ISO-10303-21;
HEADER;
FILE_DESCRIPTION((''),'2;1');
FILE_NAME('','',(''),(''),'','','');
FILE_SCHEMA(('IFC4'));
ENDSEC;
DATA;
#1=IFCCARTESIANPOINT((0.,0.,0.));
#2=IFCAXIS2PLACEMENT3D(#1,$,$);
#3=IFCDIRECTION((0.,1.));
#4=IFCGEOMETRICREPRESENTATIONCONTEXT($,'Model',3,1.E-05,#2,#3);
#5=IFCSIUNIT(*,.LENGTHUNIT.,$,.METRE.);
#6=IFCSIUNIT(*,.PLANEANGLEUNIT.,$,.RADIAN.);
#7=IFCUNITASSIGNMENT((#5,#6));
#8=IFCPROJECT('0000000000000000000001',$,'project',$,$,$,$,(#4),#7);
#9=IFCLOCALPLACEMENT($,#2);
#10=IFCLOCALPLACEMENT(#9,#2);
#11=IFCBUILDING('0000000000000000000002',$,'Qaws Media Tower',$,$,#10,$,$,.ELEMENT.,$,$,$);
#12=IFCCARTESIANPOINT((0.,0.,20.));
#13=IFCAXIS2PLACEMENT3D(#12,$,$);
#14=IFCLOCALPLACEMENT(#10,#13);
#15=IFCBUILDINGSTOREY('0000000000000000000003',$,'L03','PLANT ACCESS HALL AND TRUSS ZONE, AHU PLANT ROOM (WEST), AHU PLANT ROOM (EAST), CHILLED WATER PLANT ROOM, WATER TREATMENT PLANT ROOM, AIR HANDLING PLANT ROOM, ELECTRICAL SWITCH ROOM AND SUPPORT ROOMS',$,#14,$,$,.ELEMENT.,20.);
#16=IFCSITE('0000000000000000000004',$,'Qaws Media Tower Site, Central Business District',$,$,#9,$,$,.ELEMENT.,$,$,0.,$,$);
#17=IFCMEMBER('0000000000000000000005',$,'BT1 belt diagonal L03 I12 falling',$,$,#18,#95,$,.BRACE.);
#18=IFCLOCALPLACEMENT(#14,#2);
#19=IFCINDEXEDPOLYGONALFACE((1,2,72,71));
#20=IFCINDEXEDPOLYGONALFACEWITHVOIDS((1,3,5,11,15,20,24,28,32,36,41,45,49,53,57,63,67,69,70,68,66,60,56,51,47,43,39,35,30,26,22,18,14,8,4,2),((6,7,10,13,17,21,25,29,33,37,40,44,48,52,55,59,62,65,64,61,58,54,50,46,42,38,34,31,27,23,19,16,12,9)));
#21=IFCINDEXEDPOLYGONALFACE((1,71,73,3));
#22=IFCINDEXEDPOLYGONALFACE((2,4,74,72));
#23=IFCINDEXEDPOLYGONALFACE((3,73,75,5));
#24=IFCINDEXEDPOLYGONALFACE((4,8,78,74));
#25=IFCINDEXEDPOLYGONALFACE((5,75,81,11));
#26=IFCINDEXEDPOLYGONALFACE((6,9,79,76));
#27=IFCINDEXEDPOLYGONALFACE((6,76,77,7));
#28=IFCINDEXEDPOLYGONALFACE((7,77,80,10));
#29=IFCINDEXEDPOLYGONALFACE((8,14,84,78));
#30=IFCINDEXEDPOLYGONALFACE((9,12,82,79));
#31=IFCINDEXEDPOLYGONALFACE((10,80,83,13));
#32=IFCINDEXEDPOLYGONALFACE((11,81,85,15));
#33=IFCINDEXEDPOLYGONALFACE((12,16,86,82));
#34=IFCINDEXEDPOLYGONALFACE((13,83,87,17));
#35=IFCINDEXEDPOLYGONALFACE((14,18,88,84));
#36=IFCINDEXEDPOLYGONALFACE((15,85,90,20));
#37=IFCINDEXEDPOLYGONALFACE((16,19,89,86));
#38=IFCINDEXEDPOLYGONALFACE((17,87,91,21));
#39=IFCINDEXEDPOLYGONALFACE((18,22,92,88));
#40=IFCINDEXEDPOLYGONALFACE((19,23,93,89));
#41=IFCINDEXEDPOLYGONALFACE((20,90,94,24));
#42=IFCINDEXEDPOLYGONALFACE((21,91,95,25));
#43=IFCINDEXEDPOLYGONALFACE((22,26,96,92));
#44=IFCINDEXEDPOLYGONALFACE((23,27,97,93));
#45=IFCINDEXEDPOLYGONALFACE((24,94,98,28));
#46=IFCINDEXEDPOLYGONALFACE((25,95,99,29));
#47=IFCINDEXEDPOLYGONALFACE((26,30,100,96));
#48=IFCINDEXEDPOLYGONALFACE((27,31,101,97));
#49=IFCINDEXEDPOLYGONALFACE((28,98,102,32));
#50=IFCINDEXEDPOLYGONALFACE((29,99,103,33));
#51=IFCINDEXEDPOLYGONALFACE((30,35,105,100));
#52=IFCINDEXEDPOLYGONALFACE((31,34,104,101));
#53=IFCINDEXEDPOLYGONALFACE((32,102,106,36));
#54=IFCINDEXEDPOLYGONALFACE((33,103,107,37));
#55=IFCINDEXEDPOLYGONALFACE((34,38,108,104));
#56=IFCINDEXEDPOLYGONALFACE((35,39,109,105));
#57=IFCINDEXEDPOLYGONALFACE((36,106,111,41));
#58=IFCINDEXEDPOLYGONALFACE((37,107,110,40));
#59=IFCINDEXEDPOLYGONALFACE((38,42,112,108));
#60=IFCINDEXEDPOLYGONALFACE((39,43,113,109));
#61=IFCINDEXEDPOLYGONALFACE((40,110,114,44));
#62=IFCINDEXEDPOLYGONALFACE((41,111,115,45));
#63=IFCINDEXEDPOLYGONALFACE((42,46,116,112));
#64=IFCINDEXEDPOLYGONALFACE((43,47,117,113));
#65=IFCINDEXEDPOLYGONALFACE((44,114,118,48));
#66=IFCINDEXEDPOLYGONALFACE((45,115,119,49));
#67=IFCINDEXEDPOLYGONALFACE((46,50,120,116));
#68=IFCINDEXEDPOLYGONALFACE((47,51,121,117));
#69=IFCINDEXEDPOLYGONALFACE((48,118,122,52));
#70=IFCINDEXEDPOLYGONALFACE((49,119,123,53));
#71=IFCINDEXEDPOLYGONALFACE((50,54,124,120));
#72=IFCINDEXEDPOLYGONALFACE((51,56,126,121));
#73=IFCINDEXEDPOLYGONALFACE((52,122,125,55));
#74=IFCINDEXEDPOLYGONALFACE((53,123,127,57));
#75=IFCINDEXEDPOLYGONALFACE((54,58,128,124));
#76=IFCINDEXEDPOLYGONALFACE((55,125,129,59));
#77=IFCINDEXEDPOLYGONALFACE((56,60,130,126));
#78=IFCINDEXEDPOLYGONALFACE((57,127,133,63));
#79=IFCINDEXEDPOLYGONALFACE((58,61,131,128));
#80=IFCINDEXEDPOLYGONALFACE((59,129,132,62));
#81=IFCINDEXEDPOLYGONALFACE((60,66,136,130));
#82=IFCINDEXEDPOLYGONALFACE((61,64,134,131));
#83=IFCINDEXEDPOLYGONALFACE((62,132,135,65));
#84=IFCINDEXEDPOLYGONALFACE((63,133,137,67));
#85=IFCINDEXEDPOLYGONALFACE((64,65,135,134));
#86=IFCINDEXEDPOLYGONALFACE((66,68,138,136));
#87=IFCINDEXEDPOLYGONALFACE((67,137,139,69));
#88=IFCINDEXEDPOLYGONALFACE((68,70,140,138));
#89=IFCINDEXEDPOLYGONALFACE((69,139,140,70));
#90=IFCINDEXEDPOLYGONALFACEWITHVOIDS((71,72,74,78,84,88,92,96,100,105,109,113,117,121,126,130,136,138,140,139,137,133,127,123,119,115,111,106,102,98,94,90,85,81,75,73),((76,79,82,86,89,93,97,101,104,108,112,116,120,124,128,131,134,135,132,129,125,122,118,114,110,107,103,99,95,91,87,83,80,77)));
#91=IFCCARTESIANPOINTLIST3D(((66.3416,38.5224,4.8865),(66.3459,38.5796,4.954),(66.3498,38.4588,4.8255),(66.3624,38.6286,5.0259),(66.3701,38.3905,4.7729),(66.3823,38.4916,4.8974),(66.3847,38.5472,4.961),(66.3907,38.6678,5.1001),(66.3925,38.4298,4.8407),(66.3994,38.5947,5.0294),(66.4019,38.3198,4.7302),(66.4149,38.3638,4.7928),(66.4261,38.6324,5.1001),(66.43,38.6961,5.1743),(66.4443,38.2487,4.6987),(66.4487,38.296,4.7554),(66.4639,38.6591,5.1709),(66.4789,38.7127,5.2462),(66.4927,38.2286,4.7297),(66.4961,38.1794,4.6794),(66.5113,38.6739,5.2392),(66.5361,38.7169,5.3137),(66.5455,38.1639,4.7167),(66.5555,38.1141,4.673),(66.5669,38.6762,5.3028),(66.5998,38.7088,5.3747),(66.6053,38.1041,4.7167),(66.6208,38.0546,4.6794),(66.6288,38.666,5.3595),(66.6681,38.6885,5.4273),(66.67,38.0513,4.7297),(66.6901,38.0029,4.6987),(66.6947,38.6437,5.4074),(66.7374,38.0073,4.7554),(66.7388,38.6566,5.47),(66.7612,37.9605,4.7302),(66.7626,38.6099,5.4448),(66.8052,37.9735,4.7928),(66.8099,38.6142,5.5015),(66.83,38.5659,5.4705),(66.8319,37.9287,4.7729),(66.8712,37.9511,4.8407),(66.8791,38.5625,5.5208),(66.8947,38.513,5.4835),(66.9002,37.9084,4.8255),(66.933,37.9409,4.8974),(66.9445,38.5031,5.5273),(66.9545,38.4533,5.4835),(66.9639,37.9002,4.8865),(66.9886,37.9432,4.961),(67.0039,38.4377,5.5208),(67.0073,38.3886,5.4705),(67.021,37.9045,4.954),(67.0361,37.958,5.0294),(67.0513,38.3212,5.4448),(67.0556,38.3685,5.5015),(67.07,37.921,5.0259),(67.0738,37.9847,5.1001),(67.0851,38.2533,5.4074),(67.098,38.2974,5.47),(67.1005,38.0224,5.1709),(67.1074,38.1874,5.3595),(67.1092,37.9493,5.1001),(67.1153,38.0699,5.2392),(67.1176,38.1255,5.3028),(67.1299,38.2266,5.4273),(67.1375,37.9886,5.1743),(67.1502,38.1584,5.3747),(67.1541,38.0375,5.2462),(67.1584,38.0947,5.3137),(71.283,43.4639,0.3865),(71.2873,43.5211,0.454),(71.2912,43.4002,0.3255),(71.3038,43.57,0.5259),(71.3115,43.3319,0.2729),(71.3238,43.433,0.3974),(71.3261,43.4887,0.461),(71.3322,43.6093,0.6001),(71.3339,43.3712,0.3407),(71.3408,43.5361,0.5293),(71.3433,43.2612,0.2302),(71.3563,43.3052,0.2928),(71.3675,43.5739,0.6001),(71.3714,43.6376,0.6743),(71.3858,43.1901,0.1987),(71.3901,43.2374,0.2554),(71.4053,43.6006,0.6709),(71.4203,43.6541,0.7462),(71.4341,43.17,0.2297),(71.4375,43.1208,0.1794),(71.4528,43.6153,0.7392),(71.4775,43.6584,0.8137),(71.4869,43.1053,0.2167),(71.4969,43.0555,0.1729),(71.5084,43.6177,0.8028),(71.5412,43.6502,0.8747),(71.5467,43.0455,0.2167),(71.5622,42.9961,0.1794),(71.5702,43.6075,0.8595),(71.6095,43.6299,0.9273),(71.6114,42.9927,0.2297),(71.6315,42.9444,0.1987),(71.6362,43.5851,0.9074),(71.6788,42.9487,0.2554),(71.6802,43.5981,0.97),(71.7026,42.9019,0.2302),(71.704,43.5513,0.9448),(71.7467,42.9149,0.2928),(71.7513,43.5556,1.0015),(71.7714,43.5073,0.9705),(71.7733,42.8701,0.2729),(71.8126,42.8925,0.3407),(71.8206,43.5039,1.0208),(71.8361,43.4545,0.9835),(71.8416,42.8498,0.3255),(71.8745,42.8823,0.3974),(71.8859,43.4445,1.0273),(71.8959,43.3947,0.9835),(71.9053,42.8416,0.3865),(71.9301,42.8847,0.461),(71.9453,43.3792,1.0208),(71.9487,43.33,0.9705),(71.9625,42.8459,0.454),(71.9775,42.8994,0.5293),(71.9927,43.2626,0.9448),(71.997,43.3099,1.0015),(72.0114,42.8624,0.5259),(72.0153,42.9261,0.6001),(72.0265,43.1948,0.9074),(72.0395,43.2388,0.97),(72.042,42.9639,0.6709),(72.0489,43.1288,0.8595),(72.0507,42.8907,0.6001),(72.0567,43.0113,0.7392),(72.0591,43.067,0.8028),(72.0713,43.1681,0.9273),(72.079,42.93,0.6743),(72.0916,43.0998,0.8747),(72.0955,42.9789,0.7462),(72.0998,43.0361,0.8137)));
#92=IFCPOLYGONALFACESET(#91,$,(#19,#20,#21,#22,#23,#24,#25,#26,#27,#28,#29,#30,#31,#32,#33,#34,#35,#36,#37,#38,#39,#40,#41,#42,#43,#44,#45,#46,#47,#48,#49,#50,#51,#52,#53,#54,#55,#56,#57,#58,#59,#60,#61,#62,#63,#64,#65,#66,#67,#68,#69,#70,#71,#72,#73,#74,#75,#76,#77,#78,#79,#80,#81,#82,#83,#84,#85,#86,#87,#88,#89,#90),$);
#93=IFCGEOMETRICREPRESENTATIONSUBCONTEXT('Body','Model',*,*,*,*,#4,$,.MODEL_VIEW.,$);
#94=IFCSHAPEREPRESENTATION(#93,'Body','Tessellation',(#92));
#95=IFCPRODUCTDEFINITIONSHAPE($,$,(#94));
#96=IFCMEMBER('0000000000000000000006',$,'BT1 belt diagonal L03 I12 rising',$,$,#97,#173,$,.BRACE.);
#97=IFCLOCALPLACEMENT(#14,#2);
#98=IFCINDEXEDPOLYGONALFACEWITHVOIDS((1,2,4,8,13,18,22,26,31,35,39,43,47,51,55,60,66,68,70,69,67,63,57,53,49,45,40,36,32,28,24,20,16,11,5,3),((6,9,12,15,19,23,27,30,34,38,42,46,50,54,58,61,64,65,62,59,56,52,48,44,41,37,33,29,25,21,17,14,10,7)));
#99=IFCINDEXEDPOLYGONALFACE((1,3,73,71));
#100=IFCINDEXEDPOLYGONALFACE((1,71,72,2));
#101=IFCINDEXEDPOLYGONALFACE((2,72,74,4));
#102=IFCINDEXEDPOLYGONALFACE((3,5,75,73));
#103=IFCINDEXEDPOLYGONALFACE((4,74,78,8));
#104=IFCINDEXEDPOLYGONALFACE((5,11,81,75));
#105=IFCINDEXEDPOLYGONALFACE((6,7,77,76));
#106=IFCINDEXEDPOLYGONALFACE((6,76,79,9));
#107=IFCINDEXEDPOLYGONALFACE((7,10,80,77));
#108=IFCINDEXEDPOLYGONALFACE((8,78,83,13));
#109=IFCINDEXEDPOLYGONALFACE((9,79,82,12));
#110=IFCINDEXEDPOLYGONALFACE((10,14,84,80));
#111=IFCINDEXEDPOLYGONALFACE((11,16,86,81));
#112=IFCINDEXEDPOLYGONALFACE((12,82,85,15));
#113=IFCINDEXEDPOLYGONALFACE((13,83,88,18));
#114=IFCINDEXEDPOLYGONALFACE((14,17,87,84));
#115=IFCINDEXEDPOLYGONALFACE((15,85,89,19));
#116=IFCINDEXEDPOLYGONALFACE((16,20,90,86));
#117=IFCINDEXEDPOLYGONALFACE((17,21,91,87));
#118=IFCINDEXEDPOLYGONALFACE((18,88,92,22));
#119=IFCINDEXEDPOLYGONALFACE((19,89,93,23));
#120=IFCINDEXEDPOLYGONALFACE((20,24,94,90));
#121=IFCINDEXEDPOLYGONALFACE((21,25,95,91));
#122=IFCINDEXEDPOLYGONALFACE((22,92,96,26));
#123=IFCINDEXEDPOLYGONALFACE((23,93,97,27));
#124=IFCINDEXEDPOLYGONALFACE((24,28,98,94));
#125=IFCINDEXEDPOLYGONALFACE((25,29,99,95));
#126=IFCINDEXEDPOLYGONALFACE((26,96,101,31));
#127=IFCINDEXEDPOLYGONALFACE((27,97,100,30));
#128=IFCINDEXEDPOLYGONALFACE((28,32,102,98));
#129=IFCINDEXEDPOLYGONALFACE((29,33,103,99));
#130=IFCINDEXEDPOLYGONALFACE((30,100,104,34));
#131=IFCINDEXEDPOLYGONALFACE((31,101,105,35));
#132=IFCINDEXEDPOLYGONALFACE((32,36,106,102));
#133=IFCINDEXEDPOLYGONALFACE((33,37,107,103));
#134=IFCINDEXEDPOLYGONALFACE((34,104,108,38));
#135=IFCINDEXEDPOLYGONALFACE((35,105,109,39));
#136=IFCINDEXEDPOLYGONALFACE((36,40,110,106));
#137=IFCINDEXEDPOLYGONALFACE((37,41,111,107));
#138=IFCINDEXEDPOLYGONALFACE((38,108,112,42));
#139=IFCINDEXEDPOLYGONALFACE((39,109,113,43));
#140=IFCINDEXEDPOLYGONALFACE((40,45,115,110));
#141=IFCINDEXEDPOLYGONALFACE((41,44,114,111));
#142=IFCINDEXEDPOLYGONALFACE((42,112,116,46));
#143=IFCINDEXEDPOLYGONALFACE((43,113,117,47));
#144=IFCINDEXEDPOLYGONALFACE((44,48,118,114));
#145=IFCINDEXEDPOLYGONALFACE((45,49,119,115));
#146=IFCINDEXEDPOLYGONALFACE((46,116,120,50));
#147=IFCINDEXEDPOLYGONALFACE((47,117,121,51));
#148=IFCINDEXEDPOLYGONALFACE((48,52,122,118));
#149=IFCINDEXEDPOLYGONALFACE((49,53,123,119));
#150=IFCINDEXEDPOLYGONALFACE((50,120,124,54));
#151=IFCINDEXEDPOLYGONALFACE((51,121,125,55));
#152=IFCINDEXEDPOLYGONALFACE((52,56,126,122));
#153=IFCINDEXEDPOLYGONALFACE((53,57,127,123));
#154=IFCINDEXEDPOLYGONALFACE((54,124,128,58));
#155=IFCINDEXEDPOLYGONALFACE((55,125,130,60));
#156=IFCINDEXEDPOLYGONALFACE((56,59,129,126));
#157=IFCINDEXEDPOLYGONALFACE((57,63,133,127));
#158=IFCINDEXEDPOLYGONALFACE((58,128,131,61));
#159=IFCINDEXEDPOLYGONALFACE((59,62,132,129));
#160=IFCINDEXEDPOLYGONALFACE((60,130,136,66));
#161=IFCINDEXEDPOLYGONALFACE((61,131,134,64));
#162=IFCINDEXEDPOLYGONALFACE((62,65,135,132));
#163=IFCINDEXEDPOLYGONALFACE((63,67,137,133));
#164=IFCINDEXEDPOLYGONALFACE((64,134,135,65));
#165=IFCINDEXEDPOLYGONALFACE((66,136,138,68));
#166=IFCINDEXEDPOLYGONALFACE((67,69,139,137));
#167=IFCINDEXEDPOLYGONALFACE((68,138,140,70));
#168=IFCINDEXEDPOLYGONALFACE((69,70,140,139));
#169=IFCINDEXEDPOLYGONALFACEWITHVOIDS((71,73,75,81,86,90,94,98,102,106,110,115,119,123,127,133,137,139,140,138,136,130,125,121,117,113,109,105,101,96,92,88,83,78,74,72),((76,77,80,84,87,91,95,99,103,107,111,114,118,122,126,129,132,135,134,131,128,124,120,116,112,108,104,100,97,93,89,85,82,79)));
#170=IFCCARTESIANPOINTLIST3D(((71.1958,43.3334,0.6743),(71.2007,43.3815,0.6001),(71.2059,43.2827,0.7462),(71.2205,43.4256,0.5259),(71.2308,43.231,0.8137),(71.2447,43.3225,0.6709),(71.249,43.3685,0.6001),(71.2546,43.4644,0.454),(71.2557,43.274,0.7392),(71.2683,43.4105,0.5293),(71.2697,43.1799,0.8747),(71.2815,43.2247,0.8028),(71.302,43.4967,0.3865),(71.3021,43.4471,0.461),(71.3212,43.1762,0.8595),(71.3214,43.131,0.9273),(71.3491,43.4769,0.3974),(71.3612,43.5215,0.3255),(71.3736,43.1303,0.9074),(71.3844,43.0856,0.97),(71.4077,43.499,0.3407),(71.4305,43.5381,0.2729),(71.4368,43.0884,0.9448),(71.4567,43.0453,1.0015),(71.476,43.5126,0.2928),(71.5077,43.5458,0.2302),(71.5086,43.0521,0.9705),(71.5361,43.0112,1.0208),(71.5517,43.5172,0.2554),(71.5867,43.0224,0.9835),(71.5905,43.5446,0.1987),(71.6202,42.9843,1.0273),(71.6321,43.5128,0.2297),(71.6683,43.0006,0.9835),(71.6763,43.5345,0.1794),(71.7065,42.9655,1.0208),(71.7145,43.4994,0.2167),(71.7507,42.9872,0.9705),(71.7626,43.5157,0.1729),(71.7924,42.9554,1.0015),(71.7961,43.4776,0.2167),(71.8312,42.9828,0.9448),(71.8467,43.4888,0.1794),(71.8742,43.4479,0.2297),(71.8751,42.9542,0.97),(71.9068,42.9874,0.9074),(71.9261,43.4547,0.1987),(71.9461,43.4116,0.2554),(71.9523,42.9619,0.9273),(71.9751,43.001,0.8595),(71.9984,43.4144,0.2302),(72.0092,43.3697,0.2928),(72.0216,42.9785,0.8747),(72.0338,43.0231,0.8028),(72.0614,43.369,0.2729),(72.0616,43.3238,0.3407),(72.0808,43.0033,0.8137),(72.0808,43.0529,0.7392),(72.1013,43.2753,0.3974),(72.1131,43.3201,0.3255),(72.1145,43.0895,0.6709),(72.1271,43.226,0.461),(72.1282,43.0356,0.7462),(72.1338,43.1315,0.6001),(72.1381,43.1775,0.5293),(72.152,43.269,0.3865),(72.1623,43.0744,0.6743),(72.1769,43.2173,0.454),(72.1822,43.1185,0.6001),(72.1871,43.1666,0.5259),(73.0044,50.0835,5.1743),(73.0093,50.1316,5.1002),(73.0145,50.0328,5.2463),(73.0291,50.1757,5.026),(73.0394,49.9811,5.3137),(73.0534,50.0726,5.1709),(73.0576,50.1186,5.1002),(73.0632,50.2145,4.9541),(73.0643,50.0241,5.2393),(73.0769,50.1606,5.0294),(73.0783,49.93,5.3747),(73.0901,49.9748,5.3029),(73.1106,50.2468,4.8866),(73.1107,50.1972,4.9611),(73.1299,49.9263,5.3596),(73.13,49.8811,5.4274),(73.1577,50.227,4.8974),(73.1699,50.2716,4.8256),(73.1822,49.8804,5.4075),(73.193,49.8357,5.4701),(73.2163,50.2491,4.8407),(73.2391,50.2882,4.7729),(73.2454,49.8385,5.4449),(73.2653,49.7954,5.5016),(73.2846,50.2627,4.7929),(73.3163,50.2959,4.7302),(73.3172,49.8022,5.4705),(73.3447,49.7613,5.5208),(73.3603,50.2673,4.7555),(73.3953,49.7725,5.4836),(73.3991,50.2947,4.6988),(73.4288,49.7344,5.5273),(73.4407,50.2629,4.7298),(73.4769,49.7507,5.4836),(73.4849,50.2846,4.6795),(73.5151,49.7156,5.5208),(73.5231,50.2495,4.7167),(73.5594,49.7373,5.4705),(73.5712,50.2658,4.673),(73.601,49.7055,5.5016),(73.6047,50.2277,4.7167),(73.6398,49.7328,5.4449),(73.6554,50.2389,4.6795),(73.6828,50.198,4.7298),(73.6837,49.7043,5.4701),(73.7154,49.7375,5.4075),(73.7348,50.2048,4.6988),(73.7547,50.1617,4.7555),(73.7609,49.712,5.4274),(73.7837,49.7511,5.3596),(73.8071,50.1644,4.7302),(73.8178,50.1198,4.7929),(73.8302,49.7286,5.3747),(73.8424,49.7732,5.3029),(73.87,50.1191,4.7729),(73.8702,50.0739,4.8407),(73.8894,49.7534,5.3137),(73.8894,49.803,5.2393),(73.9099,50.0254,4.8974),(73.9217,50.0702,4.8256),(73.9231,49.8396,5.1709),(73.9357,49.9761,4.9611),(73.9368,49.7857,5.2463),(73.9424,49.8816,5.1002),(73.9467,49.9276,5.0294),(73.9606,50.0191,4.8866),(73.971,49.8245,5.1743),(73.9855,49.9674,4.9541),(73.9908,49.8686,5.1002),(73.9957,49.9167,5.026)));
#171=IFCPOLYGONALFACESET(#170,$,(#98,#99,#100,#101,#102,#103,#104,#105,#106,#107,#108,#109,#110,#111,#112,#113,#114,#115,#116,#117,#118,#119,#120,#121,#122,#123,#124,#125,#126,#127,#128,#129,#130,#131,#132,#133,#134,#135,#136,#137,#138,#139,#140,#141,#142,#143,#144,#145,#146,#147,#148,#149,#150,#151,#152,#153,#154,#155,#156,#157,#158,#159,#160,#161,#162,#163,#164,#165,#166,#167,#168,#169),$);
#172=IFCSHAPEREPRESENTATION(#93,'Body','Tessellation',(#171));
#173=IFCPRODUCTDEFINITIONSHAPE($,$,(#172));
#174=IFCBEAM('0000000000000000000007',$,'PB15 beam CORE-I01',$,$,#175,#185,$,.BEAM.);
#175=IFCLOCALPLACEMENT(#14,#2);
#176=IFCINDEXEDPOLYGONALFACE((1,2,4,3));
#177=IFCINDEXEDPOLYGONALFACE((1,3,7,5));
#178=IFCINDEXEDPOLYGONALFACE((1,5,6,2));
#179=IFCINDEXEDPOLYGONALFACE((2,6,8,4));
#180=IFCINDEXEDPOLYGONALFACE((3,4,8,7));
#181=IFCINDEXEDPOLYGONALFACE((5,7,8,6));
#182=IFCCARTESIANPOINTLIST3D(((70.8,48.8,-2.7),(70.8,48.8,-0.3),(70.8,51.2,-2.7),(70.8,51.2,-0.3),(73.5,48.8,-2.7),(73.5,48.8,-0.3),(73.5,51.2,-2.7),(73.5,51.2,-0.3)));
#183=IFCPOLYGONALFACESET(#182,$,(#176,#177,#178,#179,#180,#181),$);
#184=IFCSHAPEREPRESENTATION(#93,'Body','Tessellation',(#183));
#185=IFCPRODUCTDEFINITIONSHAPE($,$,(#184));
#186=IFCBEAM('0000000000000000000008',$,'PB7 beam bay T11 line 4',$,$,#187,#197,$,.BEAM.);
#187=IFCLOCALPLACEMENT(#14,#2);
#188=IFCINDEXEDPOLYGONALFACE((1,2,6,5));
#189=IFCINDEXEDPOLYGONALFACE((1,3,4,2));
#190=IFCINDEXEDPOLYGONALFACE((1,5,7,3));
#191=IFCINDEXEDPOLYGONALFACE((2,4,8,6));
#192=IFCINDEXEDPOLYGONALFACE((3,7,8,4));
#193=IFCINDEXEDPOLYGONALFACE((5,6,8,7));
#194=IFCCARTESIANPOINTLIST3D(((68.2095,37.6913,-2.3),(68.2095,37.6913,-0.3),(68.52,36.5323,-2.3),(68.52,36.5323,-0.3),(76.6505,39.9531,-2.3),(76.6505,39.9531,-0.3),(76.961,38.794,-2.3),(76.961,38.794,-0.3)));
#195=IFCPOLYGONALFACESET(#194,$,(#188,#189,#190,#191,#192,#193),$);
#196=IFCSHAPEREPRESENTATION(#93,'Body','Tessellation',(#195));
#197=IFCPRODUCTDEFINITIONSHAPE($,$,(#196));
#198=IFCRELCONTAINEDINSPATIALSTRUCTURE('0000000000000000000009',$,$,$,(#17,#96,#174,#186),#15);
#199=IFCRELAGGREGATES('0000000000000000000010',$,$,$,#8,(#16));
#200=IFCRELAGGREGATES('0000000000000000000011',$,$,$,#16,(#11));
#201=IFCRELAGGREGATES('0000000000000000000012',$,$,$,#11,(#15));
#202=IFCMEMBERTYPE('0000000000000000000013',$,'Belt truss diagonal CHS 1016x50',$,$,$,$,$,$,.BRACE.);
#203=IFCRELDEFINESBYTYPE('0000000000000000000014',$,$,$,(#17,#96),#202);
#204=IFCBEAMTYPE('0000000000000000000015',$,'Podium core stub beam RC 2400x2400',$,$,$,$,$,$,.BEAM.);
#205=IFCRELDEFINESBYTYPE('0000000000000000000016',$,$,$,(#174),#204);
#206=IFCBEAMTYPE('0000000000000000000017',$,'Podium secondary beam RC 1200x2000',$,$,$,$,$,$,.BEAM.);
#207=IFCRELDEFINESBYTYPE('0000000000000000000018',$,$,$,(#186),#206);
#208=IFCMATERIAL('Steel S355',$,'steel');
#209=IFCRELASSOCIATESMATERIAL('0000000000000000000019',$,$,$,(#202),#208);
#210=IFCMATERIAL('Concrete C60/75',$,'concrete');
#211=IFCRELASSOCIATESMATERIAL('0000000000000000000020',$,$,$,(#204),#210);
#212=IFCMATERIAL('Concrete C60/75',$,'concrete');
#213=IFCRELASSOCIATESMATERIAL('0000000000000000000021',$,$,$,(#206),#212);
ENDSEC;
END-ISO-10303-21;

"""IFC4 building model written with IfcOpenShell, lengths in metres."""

from ifc_helpers import new_model, si_unit, direction, frame, origin, origin_2d, place, context, subcontext, project, spatial, rectangle, hollow_circle, extrude, material, material_profile, profile_set, type_object, element, save


model = new_model("IFC4")

# Units and contexts
model_context = context("Model", 3, precision=1e-05, world=origin(), true_north=direction((0.0, 1.0)))
body_context = subcontext(model_context, "Body", "Model", "MODEL_VIEW")
ifc_project = project(units=[si_unit("LENGTHUNIT", "METRE"), si_unit("PLANEANGLEUNIT", "RADIAN")], contexts=[model_context])

# Site, building, storey
site_placement = place(None, origin())
site = spatial("IfcSite", under=ifc_project, at=site_placement, Name="Qaws Media Tower Site, Central Business District", CompositionType="ELEMENT", RefElevation=0.0)
building_placement = place(site_placement, origin())
building = spatial("IfcBuilding", under=site, at=building_placement, Name="Qaws Media Tower", CompositionType="ELEMENT")
storey_placement = place(building_placement, frame((0.0, 0.0, 20.0)))
storey = spatial("IfcBuildingStorey", under=building, at=storey_placement, Name="L03", Description="PLANT ACCESS HALL AND TRUSS ZONE, AHU PLANT ROOM (WEST), AHU PLANT ROOM (EAST), CHILLED WATER PLANT ROOM, WATER TREATMENT PLANT ROOM, AIR HANDLING PLANT ROOM, ELECTRICAL SWITCH ROOM AND SUPPORT ROOMS", CompositionType="ELEMENT", Elevation=20.0)

# Members
ifc_material_1 = material(Name="Steel S355", Category="steel")
ifc_material_profile_1 = material_profile(ifc_material_1, hollow_circle(Radius=0.5081, WallThickness=0.05, at=origin_2d()), Name="CHS 1016x50")
ifc_profile_set_1 = profile_set([ifc_material_profile_1], Name="Steel S355")
member_type = type_object("IfcMemberType", Name="Belt truss diagonal CHS 1016x50", PredefinedType="BRACE", material=ifc_profile_set_1)
for number, where, z_axis, x_axis, name in (
    (1, (71.6914, 43.25, 0.6001), (-0.594509, -0.594509, 0.541403), (0.707107, -0.707107, 0.0), "BT1 belt diagonal L03 I12 falling"),
    (2, (71.6914, 43.25, 0.6001), (0.217597, 0.812113, 0.541409), (-0.965928, 0.258811, 0.0), "BT1 belt diagonal L03 I12 rising"),
):
    element("IfcMember", number, at=place(storey_placement, frame(where, z_axis=z_axis, x_axis=x_axis)), inside=storey, type_object=member_type, Name=name, PredefinedType="BRACE", context=body_context, shape_type="SweptSolid", body=[
        extrude(hollow_circle(Radius=0.5081, WallThickness=0.05, at=origin_2d()), origin(), (0.0, 0.0, 1.0), 8.3118),
    ])

# Beams
ifc_material_2 = material(Name="Concrete C60/75", Category="concrete")
ifc_material_profile_2 = material_profile(ifc_material_2, rectangle(XDim=2.3999, YDim=2.3999, at=origin_2d()), Name="RC 2400x2400")
ifc_profile_set_2 = profile_set([ifc_material_profile_2], Name="Concrete C60/75")
beam_type_1 = type_object("IfcBeamType", Name="Podium core stub beam RC 2400x2400", PredefinedType="BEAM", material=ifc_profile_set_2)
beam_1_placement = place(storey_placement, frame((70.8, 50.0, -1.5), z_axis=(1.0, 0.0, 0.0), x_axis=(0.0, 1.0, 0.0)))
element("IfcBeam", 3, at=beam_1_placement, inside=storey, type_object=beam_type_1, Name="PB15 beam CORE-I01", PredefinedType="BEAM", context=body_context, shape_type="SweptSolid", body=[
    extrude(rectangle(XDim=2.3999, YDim=2.3999, at=origin_2d()), origin(), (0.0, 0.0, 1.0), 2.7),
])
ifc_material_3 = material(Name="Concrete C60/75", Category="concrete")
ifc_material_profile_3 = material_profile(ifc_material_3, rectangle(XDim=1.2, YDim=2.0, at=origin_2d()), Name="RC 1200x2000")
ifc_profile_set_3 = profile_set([ifc_material_profile_3], Name="Concrete C60/75")
beam_type_2 = type_object("IfcBeamType", Name="Podium secondary beam RC 1200x2000", PredefinedType="BEAM", material=ifc_profile_set_3)
beam_2_placement = place(storey_placement, frame((68.3647, 37.1118, -1.3), z_axis=(0.965926, 0.258817, 0.0), x_axis=(-0.258817, 0.965926, 0.0)))
element("IfcBeam", 4, at=beam_2_placement, inside=storey, type_object=beam_type_2, Name="PB7 beam bay T11 line 4", PredefinedType="BEAM", context=body_context, shape_type="SweptSolid", body=[
    extrude(rectangle(XDim=1.2, YDim=2.0, at=origin_2d()), origin(), (0.0, 0.0, 1.0), 8.7388),
])

save(model, "model.ifc")
